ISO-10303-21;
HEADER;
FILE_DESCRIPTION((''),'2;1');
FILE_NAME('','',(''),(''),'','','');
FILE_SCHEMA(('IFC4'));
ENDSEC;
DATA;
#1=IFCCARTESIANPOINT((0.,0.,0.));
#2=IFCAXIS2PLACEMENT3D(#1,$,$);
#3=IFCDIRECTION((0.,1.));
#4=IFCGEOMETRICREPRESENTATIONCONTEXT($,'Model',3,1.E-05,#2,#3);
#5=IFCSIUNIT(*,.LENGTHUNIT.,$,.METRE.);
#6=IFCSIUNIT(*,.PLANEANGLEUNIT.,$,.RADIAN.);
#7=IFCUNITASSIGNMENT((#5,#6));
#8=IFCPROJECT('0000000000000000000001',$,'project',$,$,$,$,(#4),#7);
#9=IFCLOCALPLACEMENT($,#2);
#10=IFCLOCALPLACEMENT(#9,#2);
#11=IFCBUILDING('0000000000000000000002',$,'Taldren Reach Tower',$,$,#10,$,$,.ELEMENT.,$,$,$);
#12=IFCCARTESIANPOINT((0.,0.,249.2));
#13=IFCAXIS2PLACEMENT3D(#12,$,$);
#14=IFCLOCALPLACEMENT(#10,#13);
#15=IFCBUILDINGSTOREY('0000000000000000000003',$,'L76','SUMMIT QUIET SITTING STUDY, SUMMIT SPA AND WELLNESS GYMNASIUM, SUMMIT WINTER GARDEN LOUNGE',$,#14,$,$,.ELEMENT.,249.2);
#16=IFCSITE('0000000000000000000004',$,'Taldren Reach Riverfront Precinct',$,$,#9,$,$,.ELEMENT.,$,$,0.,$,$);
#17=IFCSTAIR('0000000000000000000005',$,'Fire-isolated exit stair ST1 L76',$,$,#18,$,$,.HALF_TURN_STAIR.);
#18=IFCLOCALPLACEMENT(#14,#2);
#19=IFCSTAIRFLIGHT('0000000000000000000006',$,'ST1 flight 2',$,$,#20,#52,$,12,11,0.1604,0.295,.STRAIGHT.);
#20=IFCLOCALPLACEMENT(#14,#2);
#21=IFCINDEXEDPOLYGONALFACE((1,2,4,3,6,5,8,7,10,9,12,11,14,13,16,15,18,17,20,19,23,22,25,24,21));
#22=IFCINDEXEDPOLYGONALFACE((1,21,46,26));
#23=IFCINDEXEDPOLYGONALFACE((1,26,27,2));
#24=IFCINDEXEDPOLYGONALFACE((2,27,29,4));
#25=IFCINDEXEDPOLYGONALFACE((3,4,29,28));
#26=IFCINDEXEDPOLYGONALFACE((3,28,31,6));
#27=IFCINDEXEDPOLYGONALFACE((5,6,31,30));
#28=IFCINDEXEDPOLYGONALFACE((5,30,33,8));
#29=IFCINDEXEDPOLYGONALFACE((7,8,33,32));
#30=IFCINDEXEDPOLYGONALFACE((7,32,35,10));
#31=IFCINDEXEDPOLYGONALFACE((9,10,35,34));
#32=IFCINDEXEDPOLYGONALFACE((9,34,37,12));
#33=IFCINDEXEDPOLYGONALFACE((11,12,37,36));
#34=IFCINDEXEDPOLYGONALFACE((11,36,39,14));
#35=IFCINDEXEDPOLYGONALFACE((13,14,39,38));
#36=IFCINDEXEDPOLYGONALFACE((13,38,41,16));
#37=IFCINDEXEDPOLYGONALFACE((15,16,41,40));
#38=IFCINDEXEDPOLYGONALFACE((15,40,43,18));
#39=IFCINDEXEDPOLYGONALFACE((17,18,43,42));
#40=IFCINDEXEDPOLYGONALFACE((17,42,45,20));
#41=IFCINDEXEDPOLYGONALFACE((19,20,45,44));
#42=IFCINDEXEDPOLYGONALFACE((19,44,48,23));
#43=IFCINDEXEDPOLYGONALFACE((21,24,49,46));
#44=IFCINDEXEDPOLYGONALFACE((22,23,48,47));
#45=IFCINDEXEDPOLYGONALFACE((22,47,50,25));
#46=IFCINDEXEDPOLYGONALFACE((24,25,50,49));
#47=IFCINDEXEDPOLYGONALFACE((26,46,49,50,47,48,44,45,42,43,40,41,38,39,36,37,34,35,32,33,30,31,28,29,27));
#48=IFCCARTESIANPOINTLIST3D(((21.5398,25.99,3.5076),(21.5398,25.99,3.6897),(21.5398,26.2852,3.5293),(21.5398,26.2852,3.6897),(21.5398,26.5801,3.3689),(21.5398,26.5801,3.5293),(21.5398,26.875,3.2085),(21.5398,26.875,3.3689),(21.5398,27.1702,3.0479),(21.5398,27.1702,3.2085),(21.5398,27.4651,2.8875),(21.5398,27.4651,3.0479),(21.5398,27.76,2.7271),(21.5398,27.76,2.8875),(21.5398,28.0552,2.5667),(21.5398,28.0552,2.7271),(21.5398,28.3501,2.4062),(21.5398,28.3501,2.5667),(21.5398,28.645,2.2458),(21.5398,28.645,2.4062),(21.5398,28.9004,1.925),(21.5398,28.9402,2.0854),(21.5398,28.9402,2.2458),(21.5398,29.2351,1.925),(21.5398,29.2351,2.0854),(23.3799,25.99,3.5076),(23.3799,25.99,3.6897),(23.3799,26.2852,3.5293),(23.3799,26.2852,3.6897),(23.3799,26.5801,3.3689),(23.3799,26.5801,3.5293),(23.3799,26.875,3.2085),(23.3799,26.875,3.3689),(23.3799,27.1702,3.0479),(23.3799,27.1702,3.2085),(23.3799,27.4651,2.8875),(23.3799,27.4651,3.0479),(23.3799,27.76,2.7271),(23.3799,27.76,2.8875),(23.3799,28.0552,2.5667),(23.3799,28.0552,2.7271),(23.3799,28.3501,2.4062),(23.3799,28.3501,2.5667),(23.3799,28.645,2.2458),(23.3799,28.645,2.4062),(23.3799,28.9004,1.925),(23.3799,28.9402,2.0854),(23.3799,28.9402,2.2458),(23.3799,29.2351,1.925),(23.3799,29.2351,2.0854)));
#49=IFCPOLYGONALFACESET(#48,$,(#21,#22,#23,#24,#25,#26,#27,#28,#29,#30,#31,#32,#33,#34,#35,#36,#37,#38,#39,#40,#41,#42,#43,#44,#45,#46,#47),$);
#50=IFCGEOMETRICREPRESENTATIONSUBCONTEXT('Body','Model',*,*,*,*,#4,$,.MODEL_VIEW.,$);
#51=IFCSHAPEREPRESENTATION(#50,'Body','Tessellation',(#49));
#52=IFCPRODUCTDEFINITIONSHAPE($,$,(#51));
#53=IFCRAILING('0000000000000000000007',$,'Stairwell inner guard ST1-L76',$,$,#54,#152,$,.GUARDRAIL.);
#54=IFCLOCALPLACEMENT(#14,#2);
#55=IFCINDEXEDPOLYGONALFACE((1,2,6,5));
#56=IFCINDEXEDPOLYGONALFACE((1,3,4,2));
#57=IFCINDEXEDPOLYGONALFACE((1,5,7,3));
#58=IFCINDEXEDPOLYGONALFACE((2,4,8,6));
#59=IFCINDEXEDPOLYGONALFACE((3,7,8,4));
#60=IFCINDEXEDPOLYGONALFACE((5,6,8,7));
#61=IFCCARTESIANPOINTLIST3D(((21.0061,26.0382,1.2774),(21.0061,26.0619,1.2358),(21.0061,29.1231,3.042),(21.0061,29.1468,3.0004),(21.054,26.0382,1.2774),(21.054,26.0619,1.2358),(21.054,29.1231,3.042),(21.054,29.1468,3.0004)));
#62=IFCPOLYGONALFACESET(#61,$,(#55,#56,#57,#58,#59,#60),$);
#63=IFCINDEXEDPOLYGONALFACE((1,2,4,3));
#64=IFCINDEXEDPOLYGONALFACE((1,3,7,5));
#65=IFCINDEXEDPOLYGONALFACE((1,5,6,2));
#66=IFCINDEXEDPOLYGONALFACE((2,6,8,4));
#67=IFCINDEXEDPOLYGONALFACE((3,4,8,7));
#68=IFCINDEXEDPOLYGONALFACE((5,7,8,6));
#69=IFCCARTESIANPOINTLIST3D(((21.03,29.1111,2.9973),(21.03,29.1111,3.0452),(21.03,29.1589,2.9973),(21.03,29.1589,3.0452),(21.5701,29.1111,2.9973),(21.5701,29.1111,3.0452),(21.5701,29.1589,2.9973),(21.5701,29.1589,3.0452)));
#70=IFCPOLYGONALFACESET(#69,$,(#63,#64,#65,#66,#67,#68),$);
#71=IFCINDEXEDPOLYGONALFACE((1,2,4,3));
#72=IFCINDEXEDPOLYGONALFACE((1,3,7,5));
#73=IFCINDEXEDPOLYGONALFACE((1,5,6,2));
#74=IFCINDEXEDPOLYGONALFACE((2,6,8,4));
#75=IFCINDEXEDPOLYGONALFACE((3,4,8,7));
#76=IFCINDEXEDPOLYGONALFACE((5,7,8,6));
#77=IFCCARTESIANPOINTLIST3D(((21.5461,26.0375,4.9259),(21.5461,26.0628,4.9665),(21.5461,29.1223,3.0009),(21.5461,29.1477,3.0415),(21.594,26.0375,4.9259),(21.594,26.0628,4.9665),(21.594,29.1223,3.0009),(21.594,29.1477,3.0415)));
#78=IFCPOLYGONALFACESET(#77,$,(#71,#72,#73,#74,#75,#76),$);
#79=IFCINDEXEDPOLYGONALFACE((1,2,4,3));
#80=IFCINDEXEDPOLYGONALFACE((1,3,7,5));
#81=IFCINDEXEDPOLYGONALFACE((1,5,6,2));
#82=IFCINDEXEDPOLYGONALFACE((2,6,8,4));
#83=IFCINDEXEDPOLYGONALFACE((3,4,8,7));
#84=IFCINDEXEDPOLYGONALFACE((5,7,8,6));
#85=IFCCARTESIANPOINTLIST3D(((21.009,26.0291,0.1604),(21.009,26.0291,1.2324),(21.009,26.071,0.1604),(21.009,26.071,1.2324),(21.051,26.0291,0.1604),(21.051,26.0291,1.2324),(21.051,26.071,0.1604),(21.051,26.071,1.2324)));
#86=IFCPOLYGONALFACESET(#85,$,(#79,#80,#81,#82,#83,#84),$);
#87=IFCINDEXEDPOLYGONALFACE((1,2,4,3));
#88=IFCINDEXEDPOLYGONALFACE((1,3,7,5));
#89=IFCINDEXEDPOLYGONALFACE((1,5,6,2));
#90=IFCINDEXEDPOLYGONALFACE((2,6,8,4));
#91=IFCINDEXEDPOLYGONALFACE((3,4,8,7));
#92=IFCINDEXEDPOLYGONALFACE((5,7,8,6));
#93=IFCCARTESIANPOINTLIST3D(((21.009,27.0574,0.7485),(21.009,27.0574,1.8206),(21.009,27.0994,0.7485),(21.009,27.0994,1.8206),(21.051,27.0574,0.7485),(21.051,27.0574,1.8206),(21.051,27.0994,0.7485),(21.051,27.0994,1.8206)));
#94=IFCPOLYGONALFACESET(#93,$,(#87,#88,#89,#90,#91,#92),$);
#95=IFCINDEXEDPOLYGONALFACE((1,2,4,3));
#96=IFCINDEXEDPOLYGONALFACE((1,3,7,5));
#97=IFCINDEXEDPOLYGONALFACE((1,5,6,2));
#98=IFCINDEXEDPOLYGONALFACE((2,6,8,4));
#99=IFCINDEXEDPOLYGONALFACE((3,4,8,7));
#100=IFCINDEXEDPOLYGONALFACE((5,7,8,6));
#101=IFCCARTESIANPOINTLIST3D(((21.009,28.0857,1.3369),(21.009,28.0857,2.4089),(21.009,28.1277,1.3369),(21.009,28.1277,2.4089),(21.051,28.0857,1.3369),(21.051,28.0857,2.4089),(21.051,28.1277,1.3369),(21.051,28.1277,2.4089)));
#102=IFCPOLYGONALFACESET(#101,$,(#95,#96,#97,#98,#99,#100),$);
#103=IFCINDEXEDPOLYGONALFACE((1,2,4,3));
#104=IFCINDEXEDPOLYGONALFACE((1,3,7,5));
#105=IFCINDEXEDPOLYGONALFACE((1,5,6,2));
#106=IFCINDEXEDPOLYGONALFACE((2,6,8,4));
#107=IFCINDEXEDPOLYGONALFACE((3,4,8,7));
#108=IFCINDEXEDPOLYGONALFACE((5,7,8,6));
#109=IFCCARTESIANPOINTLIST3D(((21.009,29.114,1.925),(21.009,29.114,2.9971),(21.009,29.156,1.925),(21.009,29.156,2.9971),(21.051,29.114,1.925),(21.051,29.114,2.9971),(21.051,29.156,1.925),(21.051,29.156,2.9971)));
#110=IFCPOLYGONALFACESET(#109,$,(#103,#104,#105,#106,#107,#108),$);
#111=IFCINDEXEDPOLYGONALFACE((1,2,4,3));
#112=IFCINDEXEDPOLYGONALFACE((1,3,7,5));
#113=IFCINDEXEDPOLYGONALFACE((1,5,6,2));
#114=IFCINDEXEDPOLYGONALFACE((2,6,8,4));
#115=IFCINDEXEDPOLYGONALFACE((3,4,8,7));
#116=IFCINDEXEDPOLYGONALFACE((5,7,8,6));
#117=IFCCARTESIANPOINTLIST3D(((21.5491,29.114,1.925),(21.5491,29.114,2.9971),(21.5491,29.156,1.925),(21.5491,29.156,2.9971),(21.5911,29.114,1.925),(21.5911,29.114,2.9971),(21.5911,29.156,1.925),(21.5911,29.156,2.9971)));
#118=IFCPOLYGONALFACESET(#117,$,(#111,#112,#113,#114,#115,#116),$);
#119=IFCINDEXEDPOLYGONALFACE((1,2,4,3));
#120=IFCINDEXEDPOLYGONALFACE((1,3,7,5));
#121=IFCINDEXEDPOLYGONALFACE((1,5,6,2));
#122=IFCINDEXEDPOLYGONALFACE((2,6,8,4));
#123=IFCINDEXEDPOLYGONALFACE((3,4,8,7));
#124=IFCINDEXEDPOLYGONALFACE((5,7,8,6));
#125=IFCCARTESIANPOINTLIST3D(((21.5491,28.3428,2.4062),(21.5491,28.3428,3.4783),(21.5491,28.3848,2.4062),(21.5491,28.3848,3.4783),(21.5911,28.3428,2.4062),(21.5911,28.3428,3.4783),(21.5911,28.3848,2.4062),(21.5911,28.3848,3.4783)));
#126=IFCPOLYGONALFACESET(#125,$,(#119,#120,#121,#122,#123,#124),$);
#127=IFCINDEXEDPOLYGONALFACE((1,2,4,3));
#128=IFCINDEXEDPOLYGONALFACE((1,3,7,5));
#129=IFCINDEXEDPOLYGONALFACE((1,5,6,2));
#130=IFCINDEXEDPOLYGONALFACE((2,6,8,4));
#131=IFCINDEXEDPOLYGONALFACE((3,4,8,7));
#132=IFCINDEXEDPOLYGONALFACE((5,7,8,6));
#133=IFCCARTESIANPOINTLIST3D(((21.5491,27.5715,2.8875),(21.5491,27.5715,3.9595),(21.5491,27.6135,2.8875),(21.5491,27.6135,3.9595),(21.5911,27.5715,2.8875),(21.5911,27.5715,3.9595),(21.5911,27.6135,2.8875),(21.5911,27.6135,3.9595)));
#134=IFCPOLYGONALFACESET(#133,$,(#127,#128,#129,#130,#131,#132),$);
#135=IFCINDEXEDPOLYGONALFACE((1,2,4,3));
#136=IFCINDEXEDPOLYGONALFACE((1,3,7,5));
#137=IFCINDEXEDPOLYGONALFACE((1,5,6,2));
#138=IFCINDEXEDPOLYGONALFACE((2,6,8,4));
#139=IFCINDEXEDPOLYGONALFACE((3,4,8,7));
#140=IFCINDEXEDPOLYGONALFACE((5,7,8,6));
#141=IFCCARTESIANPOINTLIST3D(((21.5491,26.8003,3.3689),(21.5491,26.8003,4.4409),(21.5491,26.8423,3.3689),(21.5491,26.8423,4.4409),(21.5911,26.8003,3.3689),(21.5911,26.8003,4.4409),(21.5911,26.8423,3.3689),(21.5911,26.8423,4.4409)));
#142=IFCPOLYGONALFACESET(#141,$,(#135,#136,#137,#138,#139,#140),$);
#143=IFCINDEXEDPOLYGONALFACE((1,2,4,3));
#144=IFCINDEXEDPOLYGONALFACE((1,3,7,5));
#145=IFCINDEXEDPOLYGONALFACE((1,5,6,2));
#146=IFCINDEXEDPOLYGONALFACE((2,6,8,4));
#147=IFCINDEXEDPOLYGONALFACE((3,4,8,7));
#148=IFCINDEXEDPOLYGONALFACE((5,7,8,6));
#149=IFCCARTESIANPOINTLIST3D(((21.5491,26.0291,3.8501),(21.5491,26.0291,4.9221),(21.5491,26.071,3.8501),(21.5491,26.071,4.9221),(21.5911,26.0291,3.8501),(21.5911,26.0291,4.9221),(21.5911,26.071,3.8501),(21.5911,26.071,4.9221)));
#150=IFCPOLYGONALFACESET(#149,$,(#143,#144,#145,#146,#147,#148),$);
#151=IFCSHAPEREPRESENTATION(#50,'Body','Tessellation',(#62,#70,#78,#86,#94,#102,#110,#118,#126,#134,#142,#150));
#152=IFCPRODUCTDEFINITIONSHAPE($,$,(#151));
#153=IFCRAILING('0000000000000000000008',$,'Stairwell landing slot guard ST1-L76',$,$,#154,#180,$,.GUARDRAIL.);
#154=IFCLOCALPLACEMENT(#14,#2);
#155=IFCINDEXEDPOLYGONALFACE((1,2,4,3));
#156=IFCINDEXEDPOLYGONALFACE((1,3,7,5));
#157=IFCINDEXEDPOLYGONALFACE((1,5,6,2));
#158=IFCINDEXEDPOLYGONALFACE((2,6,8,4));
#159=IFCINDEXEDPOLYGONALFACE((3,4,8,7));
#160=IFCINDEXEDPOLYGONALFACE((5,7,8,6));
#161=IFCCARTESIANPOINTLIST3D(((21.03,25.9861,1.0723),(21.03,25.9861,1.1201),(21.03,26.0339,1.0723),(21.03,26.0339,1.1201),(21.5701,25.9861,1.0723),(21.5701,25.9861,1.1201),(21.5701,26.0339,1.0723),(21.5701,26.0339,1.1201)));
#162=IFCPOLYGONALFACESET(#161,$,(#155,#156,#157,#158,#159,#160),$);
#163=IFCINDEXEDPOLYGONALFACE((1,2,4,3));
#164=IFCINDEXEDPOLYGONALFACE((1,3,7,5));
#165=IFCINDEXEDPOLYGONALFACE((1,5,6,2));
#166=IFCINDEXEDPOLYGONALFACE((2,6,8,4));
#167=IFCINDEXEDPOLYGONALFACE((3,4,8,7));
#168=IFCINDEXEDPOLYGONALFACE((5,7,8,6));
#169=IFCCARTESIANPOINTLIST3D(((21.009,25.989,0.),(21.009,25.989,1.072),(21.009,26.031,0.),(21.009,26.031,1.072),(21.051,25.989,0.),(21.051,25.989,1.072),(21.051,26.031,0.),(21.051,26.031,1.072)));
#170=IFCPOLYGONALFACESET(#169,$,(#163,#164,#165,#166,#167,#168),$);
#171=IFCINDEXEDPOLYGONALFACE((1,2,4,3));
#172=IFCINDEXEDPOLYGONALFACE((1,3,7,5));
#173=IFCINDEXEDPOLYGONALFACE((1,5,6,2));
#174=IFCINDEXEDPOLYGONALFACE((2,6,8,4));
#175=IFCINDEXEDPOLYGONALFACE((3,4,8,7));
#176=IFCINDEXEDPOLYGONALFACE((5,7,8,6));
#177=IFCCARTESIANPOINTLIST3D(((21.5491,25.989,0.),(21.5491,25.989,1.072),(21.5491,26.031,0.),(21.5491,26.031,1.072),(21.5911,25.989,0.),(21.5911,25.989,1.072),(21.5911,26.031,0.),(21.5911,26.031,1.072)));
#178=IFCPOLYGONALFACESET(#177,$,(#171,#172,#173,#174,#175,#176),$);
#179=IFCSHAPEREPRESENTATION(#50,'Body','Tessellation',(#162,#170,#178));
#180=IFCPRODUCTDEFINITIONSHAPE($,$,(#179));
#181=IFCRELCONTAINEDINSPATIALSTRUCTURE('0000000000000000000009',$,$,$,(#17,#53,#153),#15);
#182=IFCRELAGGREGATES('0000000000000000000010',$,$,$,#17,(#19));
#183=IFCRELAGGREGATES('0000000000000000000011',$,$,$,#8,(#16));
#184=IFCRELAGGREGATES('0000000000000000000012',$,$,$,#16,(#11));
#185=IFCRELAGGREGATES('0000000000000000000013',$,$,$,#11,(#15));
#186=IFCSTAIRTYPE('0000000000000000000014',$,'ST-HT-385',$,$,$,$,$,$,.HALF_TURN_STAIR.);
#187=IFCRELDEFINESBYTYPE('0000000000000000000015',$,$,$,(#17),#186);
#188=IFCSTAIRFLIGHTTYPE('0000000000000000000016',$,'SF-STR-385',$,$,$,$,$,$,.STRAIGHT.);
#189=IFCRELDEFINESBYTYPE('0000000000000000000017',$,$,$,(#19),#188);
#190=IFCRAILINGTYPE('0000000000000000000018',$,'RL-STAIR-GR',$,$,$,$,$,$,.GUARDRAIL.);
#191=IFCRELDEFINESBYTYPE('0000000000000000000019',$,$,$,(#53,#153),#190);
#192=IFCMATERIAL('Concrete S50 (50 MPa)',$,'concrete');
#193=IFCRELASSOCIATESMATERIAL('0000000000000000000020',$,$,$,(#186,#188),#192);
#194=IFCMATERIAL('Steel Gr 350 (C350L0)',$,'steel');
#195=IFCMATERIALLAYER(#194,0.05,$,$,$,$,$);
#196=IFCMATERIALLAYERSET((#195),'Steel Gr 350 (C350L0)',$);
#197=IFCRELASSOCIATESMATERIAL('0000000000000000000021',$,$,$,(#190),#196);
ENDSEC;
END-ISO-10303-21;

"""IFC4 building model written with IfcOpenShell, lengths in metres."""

from ifc_helpers import new_model, si_unit, direction, frame, origin, origin_2d, place, context, subcontext, project, spatial, polyline, rectangle, outline, extrude, material, layer, layer_set, type_object, element, aggregate, save


model = new_model("IFC4")

# Units and contexts
model_context = context("Model", 3, precision=1e-05, world=origin(), true_north=direction((0.0, 1.0)))
body_context = subcontext(model_context, "Body", "Model", "MODEL_VIEW")
ifc_project = project(units=[si_unit("LENGTHUNIT", "METRE"), si_unit("PLANEANGLEUNIT", "RADIAN")], contexts=[model_context])

# Site, building, storey
site_placement = place(None, origin())
site = spatial("IfcSite", under=ifc_project, at=site_placement, Name="Taldren Reach Riverfront Precinct", CompositionType="ELEMENT", RefElevation=0.0)
building_placement = place(site_placement, origin())
building = spatial("IfcBuilding", under=site, at=building_placement, Name="Taldren Reach Tower", CompositionType="ELEMENT")
storey_placement = place(building_placement, frame((0.0, 0.0, 249.2)))
storey = spatial("IfcBuildingStorey", under=building, at=storey_placement, Name="L76", Description="SUMMIT QUIET SITTING STUDY, SUMMIT SPA AND WELLNESS GYMNASIUM, SUMMIT WINTER GARDEN LOUNGE", CompositionType="ELEMENT", Elevation=249.2)

# Shared definitions
ifc_material_1 = material(Name="Steel Gr 350 (C350L0)", Category="steel")

# Shared definitions
ifc_material_2 = material(Name="Concrete S50 (50 MPa)", Category="concrete")

# Stair, stair flight
stair_type = type_object("IfcStairType", Name="ST-HT-385", PredefinedType="HALF_TURN_STAIR", material=ifc_material_2)
stair_placement = place(storey_placement, origin())
stair = element("IfcStair", 1, at=stair_placement, inside=storey, type_object=stair_type, Name="Fire-isolated exit stair ST1 L76", PredefinedType="HALF_TURN_STAIR")
stair_flight_type = type_object("IfcStairFlightType", Name="SF-STR-385", PredefinedType="STRAIGHT", material=ifc_material_2)
stair_flight_placement = place(storey_placement, frame((22.46, 29.2351, 1.925), z_axis=(0.0, 0.0, 1.0), x_axis=(0.0, -1.0, 0.0)))
stair_flight = element("IfcStairFlight", 2, at=stair_flight_placement, type_object=stair_flight_type, Name="ST1 flight 2", NumberOfRisers=12, NumberOfTreads=11, PredefinedType="STRAIGHT", RiserHeight=0.1604, TreadLength=0.295, context=body_context, shape_type="SweptSolid", body=[
    extrude(outline(polyline([(0.0, 0.0), (0.0, 0.1604), (0.2949, 0.1604), (0.2949, 0.3208), (0.5901, 0.3208), (0.5901, 0.4812), (0.885, 0.4812), (0.885, 0.6416), (1.1799, 0.6416), (1.1799, 0.802), (1.4751, 0.802), (1.4751, 0.9624), (1.77, 0.9624), (1.77, 1.1228), (2.0649, 1.1228), (2.0649, 1.2834), (2.3601, 1.2834), (2.3601, 1.4438), (2.655, 1.4438), (2.655, 1.6042), (2.95, 1.6042), (2.95, 1.7646), (3.2451, 1.7646), (3.2451, 1.925), (3.2451, 1.5825), (0.3347, 0.0), (0.0, 0.0)])), frame((0.0, 0.9199, 0.0), z_axis=(0.0, -1.0, 0.0), x_axis=(1.0, 0.0, 0.0)), (0.0, 0.0, 1.0), 1.8401),
])
aggregate(stair, [stair_flight])

# Railings
ifc_layer_1 = layer(ifc_material_1, 0.05)
ifc_layer_set_1 = layer_set([ifc_layer_1], Name="Steel Gr 350 (C350L0)")
railing_type_1 = type_object("IfcRailingType", Name="RL-STAIR-GR", PredefinedType="GUARDRAIL", material=ifc_layer_set_1)
railing_1_placement = place(storey_placement, frame((21.03, 26.05, 0.1604)))
element("IfcRailing", 3, at=railing_1_placement, inside=storey, type_object=railing_type_1, Name="Stairwell inner guard ST1-L76", PredefinedType="GUARDRAIL", context=body_context, shape_type="SweptSolid", body=[
    extrude(rectangle(XDim=0.0479, YDim=0.0479, at=origin_2d()), frame((0.0, 0.0, 1.0962), z_axis=(0.0, 0.868023, 0.496524), x_axis=(-1.0, 0.0, 0.0)), (0.0, 0.0, 1.0), 3.554),
    extrude(rectangle(XDim=0.0479, YDim=0.0479, at=origin_2d()), frame((0.0, 3.085, 2.8608), z_axis=(1.0, 0.0, 0.0), x_axis=(0.0, 1.0, 0.0)), (0.0, 0.0, 1.0), 0.54),
    extrude(rectangle(XDim=0.0479, YDim=0.0479, at=origin_2d()), frame((0.54, 3.085, 2.8608), z_axis=(0.0, -0.848375, 0.529395), x_axis=(1.0, 0.0, 0.0)), (0.0, 0.0, 1.0), 3.6362),
    extrude(rectangle(XDim=0.042, YDim=0.042, at=origin_2d()), origin(), (0.0, 0.0, 1.0), 1.072),
    extrude(rectangle(XDim=0.042, YDim=0.042, at=origin_2d()), frame((0.0, 1.0283, 0.5881)), (0.0, 0.0, 1.0), 1.072),
    extrude(rectangle(XDim=0.042, YDim=0.042, at=origin_2d()), frame((0.0, 2.0566, 1.1765)), (0.0, 0.0, 1.0), 1.072),
    extrude(rectangle(XDim=0.042, YDim=0.042, at=origin_2d()), frame((0.0, 3.085, 1.7646)), (0.0, 0.0, 1.0), 1.072),
    extrude(rectangle(XDim=0.042, YDim=0.042, at=origin_2d()), frame((0.54, 3.085, 1.7646)), (0.0, 0.0, 1.0), 1.072),
    extrude(rectangle(XDim=0.042, YDim=0.042, at=origin_2d()), frame((0.54, 2.3137, 2.2458)), (0.0, 0.0, 1.0), 1.072),
    extrude(rectangle(XDim=0.042, YDim=0.042, at=origin_2d()), frame((0.54, 1.5425, 2.7271)), (0.0, 0.0, 1.0), 1.072),
    extrude(rectangle(XDim=0.042, YDim=0.042, at=origin_2d()), frame((0.54, 0.7712, 3.2085)), (0.0, 0.0, 1.0), 1.072),
    extrude(rectangle(XDim=0.042, YDim=0.042, at=origin_2d()), frame((0.54, 0.0, 3.6897)), (0.0, 0.0, 1.0), 1.072),
])
railing_2_placement = place(storey_placement, frame((21.03, 26.01, 0.0)))
element("IfcRailing", 4, at=railing_2_placement, inside=storey, type_object=railing_type_1, Name="Stairwell landing slot guard ST1-L76", PredefinedType="GUARDRAIL", context=body_context, shape_type="SweptSolid", body=[
    extrude(rectangle(XDim=0.0479, YDim=0.0479, at=origin_2d()), frame((0.0, 0.0, 1.0962), z_axis=(1.0, 0.0, 0.0), x_axis=(0.0, 1.0, 0.0)), (0.0, 0.0, 1.0), 0.54),
    extrude(rectangle(XDim=0.042, YDim=0.042, at=origin_2d()), origin(), (0.0, 0.0, 1.0), 1.072),
    extrude(rectangle(XDim=0.042, YDim=0.042, at=origin_2d()), frame((0.54, 0.0, 0.0)), (0.0, 0.0, 1.0), 1.072),
])

save(model, "model.ifc")
